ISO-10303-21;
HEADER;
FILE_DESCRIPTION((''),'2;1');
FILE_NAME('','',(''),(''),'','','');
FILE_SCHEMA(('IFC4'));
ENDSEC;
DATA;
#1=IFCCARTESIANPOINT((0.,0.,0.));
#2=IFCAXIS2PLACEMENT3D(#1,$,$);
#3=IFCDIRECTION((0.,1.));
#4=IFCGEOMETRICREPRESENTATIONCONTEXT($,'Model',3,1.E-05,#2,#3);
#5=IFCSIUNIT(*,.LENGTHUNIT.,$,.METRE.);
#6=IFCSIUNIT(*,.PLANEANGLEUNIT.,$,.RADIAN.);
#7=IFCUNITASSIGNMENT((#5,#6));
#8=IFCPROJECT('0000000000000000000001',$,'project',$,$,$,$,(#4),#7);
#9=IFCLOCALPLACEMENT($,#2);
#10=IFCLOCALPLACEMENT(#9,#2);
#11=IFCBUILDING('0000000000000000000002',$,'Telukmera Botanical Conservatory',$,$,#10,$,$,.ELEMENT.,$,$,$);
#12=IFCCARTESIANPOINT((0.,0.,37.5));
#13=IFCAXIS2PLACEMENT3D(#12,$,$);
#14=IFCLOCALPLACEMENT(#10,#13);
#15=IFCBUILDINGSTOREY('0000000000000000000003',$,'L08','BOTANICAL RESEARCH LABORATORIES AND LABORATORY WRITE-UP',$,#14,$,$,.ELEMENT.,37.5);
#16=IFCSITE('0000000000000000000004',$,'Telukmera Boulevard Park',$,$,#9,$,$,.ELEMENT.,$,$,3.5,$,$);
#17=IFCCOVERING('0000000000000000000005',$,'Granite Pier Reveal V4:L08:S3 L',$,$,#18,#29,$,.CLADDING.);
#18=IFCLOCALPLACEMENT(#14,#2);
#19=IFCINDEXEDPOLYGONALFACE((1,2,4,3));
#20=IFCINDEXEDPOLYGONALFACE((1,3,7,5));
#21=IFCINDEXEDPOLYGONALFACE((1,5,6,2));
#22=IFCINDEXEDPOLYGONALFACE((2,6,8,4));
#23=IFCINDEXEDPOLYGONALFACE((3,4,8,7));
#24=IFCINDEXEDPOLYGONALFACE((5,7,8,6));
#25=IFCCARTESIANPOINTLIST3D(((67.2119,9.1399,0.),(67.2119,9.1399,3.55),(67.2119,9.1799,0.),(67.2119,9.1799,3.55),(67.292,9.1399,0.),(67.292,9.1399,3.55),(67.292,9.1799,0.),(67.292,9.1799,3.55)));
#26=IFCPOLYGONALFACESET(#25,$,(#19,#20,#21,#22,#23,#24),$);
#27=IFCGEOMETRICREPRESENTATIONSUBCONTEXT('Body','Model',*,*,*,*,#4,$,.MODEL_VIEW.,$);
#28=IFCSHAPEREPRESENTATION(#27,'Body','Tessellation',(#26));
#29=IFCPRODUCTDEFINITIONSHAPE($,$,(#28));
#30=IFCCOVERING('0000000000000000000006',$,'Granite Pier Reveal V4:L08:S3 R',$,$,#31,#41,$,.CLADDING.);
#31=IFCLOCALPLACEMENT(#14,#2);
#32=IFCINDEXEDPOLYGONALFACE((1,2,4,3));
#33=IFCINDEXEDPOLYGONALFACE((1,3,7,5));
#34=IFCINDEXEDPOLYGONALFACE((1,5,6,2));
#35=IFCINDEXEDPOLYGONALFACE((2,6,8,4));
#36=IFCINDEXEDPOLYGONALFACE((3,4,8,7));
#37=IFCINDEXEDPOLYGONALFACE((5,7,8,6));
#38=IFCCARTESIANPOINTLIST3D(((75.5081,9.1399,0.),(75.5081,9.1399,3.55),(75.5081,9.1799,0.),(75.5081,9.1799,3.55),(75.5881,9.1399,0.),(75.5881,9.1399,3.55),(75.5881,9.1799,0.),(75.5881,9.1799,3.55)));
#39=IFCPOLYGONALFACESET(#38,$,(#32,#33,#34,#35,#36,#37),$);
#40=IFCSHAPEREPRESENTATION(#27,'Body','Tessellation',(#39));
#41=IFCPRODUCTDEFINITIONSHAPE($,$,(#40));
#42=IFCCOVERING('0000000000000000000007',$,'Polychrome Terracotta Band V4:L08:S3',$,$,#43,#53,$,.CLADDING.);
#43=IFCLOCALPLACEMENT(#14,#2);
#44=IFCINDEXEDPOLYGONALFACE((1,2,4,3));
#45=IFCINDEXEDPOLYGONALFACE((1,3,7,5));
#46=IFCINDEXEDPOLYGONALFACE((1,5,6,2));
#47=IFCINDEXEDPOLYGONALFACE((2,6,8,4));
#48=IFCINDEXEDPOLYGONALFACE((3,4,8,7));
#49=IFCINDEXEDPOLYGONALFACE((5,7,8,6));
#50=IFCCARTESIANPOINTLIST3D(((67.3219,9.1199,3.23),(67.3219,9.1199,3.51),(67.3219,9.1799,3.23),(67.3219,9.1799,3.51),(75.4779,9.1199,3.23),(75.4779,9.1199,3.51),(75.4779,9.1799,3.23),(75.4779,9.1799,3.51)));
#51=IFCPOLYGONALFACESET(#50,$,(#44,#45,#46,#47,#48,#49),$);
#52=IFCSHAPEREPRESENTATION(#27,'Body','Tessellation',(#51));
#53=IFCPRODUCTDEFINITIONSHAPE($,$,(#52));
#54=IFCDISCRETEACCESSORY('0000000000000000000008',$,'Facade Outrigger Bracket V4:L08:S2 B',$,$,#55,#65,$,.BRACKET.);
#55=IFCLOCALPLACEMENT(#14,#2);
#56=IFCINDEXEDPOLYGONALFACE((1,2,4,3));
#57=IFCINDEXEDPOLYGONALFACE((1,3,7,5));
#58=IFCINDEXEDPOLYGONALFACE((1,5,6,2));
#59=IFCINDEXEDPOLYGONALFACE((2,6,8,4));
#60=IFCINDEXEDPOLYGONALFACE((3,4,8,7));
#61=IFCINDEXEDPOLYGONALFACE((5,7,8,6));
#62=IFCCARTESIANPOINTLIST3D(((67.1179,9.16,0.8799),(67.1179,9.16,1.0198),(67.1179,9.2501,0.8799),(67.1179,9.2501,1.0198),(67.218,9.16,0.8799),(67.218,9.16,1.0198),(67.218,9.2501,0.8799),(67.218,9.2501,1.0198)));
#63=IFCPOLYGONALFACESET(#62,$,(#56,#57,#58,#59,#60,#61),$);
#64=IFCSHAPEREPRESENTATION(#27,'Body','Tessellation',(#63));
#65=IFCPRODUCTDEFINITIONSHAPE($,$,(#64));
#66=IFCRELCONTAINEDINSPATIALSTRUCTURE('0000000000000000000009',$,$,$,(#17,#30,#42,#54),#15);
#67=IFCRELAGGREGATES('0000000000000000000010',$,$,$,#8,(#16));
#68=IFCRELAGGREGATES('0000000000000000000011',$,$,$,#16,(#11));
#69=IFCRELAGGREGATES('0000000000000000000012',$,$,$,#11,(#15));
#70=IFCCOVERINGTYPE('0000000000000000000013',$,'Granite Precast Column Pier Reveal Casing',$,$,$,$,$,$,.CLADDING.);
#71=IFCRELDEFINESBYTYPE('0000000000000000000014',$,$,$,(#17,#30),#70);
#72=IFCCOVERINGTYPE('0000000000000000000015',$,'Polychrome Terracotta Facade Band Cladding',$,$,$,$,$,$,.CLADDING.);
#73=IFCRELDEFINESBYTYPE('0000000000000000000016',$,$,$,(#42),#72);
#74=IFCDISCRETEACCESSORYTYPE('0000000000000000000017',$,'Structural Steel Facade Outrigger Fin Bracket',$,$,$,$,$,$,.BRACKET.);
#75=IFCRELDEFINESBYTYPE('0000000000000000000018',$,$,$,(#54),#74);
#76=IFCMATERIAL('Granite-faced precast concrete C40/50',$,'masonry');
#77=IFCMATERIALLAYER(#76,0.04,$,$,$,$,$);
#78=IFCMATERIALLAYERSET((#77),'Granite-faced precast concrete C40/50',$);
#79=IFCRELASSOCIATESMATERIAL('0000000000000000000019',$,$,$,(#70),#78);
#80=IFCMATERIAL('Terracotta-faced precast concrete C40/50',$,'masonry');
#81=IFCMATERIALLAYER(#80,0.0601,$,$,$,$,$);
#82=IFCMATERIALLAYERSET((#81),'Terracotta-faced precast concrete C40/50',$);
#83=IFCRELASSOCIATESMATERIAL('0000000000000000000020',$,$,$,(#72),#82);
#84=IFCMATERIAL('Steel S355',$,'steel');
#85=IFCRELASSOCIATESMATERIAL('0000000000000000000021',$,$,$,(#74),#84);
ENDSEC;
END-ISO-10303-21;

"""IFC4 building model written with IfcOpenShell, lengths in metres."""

from ifc_helpers import new_model, si_unit, direction, frame, origin, origin_2d, place, context, subcontext, project, spatial, rectangle, extrude, material, layer, layer_set, type_object, element, save


model = new_model("IFC4")

# Units and contexts
model_context = context("Model", 3, precision=1e-05, world=origin(), true_north=direction((0.0, 1.0)))
body_context = subcontext(model_context, "Body", "Model", "MODEL_VIEW")
ifc_project = project(units=[si_unit("LENGTHUNIT", "METRE"), si_unit("PLANEANGLEUNIT", "RADIAN")], contexts=[model_context])

# Site, building, storey
site_placement = place(None, origin())
site = spatial("IfcSite", under=ifc_project, at=site_placement, Name="Telukmera Boulevard Park", CompositionType="ELEMENT", RefElevation=3.5)
building_placement = place(site_placement, origin())
building = spatial("IfcBuilding", under=site, at=building_placement, Name="Telukmera Botanical Conservatory", CompositionType="ELEMENT")
storey_placement = place(building_placement, frame((0.0, 0.0, 37.5)))
storey = spatial("IfcBuildingStorey", under=building, at=storey_placement, Name="L08", Description="BOTANICAL RESEARCH LABORATORIES AND LABORATORY WRITE-UP", CompositionType="ELEMENT", Elevation=37.5)

# Coverings
ifc_material_1 = material(Name="Granite-faced precast concrete C40/50", Category="masonry")
ifc_layer_1 = layer(ifc_material_1, 0.04)
ifc_layer_set_1 = layer_set([ifc_layer_1], Name="Granite-faced precast concrete C40/50")
covering_type_1 = type_object("IfcCoveringType", Name="Granite Precast Column Pier Reveal Casing", PredefinedType="CLADDING", material=ifc_layer_set_1)
for number, where, z_axis, x_axis, name in (
    (1, (67.252, 9.1599, 0.0), (0.0, 0.0, 1.0), (1.0, 0.0, 0.0), "Granite Pier Reveal V4:L08:S3 L"),
    (2, (75.5481, 9.1599, 0.0), (0.0, 0.0, 1.0), (1.0, 0.0, 0.0), "Granite Pier Reveal V4:L08:S3 R"),
):
    element("IfcCovering", number, at=place(storey_placement, frame(where, z_axis=z_axis, x_axis=x_axis)), inside=storey, type_object=covering_type_1, Name=name, PredefinedType="CLADDING", context=body_context, shape_type="SweptSolid", body=[
        extrude(rectangle(XDim=0.0801, YDim=0.04, at=origin_2d()), origin(), (0.0, 0.0, 1.0), 3.55),
    ])
ifc_material_2 = material(Name="Terracotta-faced precast concrete C40/50", Category="masonry")
ifc_layer_2 = layer(ifc_material_2, 0.0601)
ifc_layer_set_2 = layer_set([ifc_layer_2], Name="Terracotta-faced precast concrete C40/50")
covering_type_2 = type_object("IfcCoveringType", Name="Polychrome Terracotta Facade Band Cladding", PredefinedType="CLADDING", material=ifc_layer_set_2)
covering_placement = place(storey_placement, frame((71.3999, 9.1499, 3.23), z_axis=(0.0, 0.0, 1.0), x_axis=(1.0, 0.0, 0.0)))
element("IfcCovering", 3, at=covering_placement, inside=storey, type_object=covering_type_2, Name="Polychrome Terracotta Band V4:L08:S3", PredefinedType="CLADDING", context=body_context, shape_type="SweptSolid", body=[
    extrude(rectangle(XDim=8.156, YDim=0.0601, at=origin_2d()), origin(), (0.0, 0.0, 1.0), 0.28),
])

# Discrete accessory
ifc_material_3 = material(Name="Steel S355", Category="steel")
discrete_accessory_type = type_object("IfcDiscreteAccessoryType", Name="Structural Steel Facade Outrigger Fin Bracket", PredefinedType="BRACKET", material=ifc_material_3)
discrete_accessory_placement = place(storey_placement, frame((67.168, 9.2051, 0.8799), z_axis=(0.0, 0.0, 1.0), x_axis=(1.0, 0.0, 0.0)))
element("IfcDiscreteAccessory", 4, at=discrete_accessory_placement, inside=storey, type_object=discrete_accessory_type, Name="Facade Outrigger Bracket V4:L08:S2 B", PredefinedType="BRACKET", context=body_context, shape_type="SweptSolid", body=[
    extrude(rectangle(XDim=0.1001, YDim=0.0901, at=origin_2d()), origin(), (0.0, 0.0, 1.0), 0.1399),
])

save(model, "model.ifc")
